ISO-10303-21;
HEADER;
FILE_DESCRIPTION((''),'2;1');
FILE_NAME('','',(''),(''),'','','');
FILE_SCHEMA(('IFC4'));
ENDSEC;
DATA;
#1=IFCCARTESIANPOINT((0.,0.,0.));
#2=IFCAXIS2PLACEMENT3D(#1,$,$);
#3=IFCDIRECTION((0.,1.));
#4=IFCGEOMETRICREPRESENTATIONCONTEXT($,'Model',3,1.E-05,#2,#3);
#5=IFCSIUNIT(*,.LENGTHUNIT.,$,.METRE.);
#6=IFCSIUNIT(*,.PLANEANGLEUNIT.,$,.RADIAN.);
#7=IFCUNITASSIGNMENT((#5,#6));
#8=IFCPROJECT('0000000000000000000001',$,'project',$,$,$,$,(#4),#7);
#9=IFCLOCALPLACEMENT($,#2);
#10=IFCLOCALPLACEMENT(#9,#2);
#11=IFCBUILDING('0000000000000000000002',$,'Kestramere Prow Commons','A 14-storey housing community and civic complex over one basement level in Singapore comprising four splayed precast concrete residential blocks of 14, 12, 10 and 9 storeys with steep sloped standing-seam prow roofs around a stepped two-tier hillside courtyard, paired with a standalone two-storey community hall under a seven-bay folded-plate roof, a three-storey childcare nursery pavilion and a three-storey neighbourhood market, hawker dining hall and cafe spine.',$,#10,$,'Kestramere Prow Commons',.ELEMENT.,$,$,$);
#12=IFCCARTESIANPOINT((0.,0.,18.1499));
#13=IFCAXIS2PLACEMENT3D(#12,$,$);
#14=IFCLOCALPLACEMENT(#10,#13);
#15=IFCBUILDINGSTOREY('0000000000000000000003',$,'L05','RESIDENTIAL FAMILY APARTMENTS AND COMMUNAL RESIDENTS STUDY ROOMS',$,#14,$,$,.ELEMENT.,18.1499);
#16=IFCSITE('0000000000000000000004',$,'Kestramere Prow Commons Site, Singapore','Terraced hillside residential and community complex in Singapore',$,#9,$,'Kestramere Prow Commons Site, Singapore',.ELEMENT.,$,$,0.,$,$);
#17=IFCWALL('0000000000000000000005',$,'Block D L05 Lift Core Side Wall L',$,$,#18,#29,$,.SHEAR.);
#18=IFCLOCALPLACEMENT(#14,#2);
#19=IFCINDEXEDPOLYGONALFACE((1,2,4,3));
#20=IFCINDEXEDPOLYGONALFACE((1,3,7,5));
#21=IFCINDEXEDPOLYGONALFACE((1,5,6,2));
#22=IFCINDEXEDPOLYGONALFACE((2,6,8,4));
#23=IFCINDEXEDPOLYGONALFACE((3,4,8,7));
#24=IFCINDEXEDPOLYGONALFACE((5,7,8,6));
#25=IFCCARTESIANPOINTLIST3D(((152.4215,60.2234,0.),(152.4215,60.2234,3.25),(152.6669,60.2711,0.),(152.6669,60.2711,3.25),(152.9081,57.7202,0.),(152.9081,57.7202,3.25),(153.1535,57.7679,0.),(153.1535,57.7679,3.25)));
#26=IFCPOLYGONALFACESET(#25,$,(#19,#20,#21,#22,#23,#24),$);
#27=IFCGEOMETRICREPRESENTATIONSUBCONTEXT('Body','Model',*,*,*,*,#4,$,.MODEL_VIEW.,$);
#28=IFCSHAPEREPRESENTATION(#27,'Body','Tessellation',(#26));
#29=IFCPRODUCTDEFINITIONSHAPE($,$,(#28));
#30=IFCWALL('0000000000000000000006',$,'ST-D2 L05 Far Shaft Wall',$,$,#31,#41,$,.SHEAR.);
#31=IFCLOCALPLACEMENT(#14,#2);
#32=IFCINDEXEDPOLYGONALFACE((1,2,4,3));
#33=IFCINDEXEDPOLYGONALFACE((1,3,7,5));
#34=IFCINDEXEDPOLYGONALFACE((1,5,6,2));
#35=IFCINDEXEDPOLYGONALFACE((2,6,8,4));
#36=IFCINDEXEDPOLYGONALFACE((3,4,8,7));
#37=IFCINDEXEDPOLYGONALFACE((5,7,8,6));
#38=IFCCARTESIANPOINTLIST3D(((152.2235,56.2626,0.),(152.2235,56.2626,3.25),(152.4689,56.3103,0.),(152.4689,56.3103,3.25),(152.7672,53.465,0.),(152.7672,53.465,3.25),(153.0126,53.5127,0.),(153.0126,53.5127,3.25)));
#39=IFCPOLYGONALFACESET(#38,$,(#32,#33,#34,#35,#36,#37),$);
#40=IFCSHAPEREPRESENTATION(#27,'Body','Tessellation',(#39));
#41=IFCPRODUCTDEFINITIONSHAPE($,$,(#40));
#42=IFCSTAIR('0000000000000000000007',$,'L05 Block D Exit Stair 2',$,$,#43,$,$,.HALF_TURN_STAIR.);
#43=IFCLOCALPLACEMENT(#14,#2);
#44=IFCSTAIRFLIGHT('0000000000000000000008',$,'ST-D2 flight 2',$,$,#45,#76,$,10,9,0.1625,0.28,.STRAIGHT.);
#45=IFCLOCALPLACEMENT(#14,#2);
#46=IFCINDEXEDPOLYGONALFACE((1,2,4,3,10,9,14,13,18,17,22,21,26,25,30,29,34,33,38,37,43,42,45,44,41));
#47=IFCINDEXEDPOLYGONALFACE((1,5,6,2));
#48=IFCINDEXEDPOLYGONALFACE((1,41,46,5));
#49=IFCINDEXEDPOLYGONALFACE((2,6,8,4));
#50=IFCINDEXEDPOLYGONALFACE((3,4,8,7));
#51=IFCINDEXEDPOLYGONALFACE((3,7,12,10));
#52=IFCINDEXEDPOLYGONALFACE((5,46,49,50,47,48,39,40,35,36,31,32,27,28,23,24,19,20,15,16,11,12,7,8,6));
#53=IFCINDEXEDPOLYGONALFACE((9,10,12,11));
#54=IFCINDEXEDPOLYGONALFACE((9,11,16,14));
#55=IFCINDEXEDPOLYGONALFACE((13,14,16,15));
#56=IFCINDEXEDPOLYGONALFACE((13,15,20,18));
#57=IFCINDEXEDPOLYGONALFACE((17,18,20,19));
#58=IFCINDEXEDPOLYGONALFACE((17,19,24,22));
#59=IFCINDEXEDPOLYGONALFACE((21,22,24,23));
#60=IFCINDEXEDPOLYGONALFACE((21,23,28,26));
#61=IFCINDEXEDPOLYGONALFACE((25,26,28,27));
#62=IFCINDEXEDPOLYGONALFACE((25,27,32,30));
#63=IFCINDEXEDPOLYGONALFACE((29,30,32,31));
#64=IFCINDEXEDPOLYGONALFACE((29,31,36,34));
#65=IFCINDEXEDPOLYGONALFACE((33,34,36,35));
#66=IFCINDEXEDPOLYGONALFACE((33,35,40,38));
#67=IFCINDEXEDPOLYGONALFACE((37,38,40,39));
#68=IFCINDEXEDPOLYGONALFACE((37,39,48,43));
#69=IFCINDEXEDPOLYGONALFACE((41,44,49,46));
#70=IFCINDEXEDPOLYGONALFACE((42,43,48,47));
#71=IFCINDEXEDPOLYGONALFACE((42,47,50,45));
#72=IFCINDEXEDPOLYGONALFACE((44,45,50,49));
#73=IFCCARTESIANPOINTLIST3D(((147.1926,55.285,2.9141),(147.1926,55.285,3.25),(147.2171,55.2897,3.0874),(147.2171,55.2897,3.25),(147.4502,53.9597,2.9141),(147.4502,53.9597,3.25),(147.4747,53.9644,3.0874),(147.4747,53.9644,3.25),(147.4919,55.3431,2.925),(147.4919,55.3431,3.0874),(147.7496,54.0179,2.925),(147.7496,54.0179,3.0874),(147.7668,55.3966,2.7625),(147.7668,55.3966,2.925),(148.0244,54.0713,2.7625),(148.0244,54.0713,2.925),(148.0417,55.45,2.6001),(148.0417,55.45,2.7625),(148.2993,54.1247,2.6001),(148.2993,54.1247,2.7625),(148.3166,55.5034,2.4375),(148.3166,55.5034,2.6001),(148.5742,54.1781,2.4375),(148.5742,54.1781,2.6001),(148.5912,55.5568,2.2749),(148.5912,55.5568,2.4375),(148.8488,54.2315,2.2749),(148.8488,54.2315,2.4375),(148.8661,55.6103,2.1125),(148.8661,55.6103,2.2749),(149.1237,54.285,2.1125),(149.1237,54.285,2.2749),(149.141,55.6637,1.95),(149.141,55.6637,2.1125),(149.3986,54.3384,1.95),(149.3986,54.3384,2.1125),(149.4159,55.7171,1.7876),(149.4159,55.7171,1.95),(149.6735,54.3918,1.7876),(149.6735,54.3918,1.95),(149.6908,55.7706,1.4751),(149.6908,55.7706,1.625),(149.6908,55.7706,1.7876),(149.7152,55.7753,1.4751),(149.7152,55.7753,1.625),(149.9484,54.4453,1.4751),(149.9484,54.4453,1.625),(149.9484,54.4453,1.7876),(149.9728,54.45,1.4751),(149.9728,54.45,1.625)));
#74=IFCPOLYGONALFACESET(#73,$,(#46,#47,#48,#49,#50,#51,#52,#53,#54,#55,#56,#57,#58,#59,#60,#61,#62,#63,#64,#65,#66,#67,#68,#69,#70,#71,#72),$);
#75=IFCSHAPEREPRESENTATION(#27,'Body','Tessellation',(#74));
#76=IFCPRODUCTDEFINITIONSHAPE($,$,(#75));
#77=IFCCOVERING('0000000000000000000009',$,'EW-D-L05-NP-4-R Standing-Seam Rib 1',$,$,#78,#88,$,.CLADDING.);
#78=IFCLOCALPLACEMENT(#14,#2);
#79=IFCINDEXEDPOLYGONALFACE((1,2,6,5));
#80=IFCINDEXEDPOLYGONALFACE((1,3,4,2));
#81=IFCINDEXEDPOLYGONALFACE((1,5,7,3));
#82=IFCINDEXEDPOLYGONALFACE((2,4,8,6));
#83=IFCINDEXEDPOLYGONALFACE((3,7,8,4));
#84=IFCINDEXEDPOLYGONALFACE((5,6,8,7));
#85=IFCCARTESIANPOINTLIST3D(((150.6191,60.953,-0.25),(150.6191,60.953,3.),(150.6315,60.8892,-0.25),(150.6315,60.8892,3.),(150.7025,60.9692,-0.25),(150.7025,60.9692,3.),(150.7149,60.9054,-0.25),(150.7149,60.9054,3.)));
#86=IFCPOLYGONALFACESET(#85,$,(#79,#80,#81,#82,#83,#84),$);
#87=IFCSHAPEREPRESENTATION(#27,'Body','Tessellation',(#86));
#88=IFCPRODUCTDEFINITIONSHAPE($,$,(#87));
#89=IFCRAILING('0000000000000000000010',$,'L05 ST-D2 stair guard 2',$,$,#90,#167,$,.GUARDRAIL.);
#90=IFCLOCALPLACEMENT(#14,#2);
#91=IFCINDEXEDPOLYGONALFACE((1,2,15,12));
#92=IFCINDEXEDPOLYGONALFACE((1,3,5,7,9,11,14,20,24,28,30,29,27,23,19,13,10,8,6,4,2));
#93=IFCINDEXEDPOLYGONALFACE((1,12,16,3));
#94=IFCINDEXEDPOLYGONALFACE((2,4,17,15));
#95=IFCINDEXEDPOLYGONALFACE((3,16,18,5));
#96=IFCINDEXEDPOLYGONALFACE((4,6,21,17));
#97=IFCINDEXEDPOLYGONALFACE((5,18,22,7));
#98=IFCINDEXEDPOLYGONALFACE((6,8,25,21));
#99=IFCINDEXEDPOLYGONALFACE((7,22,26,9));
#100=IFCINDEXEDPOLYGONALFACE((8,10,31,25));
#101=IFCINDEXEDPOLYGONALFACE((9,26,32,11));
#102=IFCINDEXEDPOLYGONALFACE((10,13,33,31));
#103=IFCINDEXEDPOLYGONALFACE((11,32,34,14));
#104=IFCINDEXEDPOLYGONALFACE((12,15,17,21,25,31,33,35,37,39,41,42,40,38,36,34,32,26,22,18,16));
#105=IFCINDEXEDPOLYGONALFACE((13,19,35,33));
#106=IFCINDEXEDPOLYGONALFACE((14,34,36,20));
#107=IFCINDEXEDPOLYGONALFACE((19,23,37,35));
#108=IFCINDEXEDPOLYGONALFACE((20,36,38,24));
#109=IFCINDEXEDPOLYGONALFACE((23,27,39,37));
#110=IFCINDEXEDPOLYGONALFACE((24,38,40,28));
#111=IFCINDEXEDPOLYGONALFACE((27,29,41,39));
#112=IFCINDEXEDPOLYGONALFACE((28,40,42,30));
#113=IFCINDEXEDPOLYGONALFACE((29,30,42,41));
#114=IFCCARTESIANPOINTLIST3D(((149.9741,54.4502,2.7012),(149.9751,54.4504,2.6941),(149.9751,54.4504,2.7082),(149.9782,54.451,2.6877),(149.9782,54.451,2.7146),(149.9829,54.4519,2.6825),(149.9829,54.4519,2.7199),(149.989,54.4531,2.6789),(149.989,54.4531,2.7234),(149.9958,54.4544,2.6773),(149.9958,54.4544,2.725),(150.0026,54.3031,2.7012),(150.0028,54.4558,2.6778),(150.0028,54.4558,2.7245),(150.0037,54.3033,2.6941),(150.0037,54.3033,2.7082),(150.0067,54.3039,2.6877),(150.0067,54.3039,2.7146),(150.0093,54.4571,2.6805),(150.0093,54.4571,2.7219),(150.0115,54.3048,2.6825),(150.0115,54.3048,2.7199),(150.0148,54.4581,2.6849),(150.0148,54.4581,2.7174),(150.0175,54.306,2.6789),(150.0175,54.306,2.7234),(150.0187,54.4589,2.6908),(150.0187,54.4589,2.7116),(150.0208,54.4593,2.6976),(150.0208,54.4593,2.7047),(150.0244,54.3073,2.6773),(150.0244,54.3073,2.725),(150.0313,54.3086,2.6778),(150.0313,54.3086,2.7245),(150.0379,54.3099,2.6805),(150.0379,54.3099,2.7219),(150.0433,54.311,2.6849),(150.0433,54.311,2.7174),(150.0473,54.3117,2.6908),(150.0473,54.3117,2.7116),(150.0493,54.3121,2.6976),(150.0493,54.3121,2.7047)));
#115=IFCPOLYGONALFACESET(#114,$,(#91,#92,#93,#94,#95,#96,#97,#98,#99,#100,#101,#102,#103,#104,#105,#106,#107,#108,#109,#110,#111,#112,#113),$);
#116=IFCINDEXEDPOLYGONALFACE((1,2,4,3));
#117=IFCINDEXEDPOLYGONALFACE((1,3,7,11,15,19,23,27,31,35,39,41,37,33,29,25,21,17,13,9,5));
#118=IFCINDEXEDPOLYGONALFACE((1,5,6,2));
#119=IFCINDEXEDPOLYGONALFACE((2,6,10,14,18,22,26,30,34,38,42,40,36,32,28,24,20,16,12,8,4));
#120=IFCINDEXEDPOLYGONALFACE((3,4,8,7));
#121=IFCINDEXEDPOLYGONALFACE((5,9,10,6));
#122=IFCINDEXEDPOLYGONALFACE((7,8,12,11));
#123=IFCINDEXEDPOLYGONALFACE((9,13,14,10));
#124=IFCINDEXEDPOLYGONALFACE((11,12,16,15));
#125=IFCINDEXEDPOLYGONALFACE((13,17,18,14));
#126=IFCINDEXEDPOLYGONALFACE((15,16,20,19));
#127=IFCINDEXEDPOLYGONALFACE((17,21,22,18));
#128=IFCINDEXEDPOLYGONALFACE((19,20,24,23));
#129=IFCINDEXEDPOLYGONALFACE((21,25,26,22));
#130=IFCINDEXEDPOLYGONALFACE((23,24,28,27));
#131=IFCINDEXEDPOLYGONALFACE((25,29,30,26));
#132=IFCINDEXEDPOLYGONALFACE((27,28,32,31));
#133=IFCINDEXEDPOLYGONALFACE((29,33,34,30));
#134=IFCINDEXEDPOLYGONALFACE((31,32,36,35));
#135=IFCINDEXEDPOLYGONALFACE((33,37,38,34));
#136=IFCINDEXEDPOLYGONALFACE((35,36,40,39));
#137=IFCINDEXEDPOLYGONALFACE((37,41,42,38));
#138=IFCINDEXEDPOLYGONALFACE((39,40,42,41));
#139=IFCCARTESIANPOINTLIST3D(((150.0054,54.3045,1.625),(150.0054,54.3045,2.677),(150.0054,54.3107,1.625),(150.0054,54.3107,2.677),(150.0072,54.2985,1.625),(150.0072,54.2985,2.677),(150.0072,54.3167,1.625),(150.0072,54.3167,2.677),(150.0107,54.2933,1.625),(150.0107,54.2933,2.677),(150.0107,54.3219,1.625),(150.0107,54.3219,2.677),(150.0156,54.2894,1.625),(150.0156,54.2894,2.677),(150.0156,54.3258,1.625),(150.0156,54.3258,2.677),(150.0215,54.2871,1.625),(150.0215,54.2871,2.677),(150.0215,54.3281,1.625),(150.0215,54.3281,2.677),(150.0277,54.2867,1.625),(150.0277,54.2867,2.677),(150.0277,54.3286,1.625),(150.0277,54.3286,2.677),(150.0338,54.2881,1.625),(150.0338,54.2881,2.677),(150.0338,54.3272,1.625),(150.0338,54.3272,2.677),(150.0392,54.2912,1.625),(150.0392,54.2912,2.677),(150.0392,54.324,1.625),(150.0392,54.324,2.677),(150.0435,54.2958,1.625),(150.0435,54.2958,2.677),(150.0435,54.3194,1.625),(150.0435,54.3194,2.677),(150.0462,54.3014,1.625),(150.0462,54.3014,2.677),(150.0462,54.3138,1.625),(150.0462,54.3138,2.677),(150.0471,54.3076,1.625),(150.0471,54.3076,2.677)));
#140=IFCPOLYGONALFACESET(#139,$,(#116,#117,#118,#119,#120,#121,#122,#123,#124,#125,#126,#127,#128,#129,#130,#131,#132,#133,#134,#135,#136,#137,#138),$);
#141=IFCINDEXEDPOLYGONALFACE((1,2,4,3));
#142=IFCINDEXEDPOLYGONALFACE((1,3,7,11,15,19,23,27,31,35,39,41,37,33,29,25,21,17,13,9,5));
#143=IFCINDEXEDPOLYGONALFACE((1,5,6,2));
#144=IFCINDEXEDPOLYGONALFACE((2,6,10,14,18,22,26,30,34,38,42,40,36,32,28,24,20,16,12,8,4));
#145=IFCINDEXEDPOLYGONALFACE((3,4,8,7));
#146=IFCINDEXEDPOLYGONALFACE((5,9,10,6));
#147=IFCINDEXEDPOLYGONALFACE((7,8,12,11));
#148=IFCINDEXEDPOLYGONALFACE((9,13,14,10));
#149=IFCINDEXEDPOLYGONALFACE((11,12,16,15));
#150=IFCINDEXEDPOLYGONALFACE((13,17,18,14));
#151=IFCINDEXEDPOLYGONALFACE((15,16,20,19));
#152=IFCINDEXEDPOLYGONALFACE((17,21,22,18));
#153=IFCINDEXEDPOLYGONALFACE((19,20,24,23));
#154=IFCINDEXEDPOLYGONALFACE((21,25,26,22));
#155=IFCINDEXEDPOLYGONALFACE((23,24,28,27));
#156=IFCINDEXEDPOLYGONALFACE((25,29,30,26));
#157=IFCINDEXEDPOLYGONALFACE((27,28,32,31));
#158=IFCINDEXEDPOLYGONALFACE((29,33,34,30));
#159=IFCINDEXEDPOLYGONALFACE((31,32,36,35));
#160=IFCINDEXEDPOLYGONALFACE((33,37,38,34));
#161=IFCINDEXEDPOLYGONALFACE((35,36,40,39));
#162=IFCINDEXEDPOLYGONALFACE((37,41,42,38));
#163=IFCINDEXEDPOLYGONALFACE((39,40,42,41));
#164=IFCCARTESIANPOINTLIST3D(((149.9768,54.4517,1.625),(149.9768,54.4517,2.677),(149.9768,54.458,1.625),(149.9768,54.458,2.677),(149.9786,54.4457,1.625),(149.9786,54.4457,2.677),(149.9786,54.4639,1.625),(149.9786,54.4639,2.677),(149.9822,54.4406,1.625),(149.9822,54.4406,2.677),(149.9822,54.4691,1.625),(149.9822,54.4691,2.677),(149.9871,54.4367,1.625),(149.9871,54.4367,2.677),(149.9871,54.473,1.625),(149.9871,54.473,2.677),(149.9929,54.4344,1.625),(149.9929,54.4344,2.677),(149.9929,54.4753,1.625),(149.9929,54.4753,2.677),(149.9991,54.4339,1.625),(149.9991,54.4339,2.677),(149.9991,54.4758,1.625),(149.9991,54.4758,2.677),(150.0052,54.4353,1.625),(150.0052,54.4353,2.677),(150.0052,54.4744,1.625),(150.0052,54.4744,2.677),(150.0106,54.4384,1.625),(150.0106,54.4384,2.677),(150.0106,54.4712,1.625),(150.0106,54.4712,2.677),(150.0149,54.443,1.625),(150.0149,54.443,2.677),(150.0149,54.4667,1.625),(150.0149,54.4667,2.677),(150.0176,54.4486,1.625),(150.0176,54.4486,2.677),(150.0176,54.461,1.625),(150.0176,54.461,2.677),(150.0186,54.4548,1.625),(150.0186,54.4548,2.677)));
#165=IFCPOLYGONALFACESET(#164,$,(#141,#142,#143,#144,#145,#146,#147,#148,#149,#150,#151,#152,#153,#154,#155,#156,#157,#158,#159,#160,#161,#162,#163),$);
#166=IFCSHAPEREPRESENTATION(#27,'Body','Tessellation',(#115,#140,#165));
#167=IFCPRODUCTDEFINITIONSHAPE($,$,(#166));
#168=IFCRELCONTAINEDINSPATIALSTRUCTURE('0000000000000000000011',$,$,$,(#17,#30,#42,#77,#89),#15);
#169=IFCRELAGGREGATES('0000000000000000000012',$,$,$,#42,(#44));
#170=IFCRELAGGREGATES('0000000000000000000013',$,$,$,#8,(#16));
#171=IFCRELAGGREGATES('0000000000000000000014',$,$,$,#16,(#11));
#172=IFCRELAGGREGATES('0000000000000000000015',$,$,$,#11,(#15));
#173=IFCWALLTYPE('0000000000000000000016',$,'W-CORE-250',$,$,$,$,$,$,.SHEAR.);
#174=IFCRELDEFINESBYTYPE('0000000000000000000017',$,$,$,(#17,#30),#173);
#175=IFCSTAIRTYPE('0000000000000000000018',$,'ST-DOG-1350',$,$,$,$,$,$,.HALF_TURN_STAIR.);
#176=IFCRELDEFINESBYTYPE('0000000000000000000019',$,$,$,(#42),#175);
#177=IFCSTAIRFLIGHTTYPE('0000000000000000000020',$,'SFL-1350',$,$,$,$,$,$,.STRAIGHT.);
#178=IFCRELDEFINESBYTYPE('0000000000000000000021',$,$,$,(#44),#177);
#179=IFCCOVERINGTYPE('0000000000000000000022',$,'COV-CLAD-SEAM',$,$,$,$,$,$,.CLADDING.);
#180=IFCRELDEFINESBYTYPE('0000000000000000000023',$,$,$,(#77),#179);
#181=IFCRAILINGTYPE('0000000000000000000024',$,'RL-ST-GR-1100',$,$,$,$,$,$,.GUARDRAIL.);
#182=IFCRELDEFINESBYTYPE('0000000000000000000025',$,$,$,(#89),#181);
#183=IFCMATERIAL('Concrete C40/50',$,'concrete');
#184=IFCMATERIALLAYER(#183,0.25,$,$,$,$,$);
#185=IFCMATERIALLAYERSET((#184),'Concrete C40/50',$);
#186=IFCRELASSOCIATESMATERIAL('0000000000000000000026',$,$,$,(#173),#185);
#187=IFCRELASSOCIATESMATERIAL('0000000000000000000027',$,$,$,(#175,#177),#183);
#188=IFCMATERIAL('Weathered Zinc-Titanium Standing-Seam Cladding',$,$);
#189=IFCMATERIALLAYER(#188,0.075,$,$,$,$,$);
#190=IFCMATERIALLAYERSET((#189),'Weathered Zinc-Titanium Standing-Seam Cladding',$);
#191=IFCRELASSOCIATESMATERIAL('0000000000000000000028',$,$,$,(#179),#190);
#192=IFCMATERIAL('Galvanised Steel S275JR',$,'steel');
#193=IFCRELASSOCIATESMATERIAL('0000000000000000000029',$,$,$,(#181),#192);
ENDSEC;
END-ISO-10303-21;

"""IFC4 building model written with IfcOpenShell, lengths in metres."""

from ifc_helpers import new_model, si_unit, direction, frame, frame_2d, origin, origin_2d, place, context, subcontext, project, spatial, polyline, rectangle, circle, outline, extrude, material, layer, layer_set, type_object, element, aggregate, save


model = new_model("IFC4")

# Units and contexts
model_context = context("Model", 3, precision=1e-05, world=origin(), true_north=direction((0.0, 1.0)))
body_context = subcontext(model_context, "Body", "Model", "MODEL_VIEW")
ifc_project = project(units=[si_unit("LENGTHUNIT", "METRE"), si_unit("PLANEANGLEUNIT", "RADIAN")], contexts=[model_context])

# Site, building, storey
site_placement = place(None, origin())
site = spatial("IfcSite", under=ifc_project, at=site_placement, Name="Kestramere Prow Commons Site, Singapore", Description="Terraced hillside residential and community complex in Singapore", LongName="Kestramere Prow Commons Site, Singapore", CompositionType="ELEMENT", RefElevation=0.0)
building_placement = place(site_placement, origin())
building = spatial("IfcBuilding", under=site, at=building_placement, Name="Kestramere Prow Commons", Description="A 14-storey housing community and civic complex over one basement level in Singapore comprising four splayed precast concrete residential blocks of 14, 12, 10 and 9 storeys with steep sloped standing-seam prow roofs around a stepped two-tier hillside courtyard, paired with a standalone two-storey community hall under a seven-bay folded-plate roof, a three-storey childcare nursery pavilion and a three-storey neighbourhood market, hawker dining hall and cafe spine.", LongName="Kestramere Prow Commons", CompositionType="ELEMENT")
storey_placement = place(building_placement, frame((0.0, 0.0, 18.1499)))
storey = spatial("IfcBuildingStorey", under=building, at=storey_placement, Name="L05", Description="RESIDENTIAL FAMILY APARTMENTS AND COMMUNAL RESIDENTS STUDY ROOMS", CompositionType="ELEMENT", Elevation=18.1499)

# Shared definitions
ifc_material_1 = material(Name="Concrete C40/50", Category="concrete")

# Shared definitions
ifc_layer_1 = layer(ifc_material_1, 0.25)
ifc_layer_set_1 = layer_set([ifc_layer_1], Name="Concrete C40/50")
wall_type_1 = type_object("IfcWallType", Name="W-CORE-250", PredefinedType="SHEAR", material=ifc_layer_set_1)

# Walls
wall_1_placement = place(storey_placement, frame((153.0308, 57.7441, 0.0), z_axis=(0.0, 0.0, 1.0), x_axis=(-0.190811, 0.981627, 0.0)))
element("IfcWall", 1, at=wall_1_placement, inside=storey, type_object=wall_type_1, Name="Block D L05 Lift Core Side Wall L", PredefinedType="SHEAR", context=body_context, shape_type="SweptSolid", body=[
    extrude(rectangle(XDim=2.55, YDim=0.25, at=frame_2d((1.2749, 0.0))), origin(), (0.0, 0.0, 1.0), 3.25),
])
wall_2_placement = place(storey_placement, frame((152.8899, 53.489, 0.0), z_axis=(0.0, 0.0, 1.0), x_axis=(-0.190776, 0.981634, 0.0)))
element("IfcWall", 2, at=wall_2_placement, inside=storey, type_object=wall_type_1, Name="ST-D2 L05 Far Shaft Wall", PredefinedType="SHEAR", context=body_context, shape_type="SweptSolid", body=[
    extrude(rectangle(XDim=2.8499, YDim=0.25, at=frame_2d((1.4248, 0.0))), origin(), (0.0, 0.0, 1.0), 3.25),
])

# Stair, stair flight
stair_type = type_object("IfcStairType", Name="ST-DOG-1350", PredefinedType="HALF_TURN_STAIR", material=ifc_material_1)
stair_placement = place(storey_placement, origin())
stair = element("IfcStair", 3, at=stair_placement, inside=storey, type_object=stair_type, Name="L05 Block D Exit Stair 2", PredefinedType="HALF_TURN_STAIR")
stair_flight_type = type_object("IfcStairFlightType", Name="SFL-1350", PredefinedType="STRAIGHT", material=ifc_material_1)
stair_flight_placement = place(storey_placement, frame((149.8196, 55.1079, 1.625), z_axis=(0.0, 0.0, 1.0), x_axis=(-0.981627, -0.190809, 0.0)))
stair_flight = element("IfcStairFlight", 4, at=stair_flight_placement, type_object=stair_flight_type, Name="ST-D2 flight 2", NumberOfRisers=10, NumberOfTreads=9, PredefinedType="STRAIGHT", RiserHeight=0.1625, TreadLength=0.28, context=body_context, shape_type="SweptSolid", body=[
    extrude(outline(polyline([(-0.0249, 0.0), (0.0, 0.0), (0.0, 0.1626), (0.28, 0.1626), (0.28, 0.325), (0.5601, 0.325), (0.5601, 0.4875), (0.8401, 0.4875), (0.8401, 0.6499), (1.1201, 0.6499), (1.1201, 0.8125), (1.3999, 0.8125), (1.3999, 0.9751), (1.6799, 0.9751), (1.6799, 1.1375), (1.96, 1.1375), (1.96, 1.3), (2.24, 1.3), (2.24, 1.4624), (2.52, 1.4624), (2.52, 1.625), (2.5449, 1.625), (2.5449, 1.2891), (0.0, -0.1499), (-0.0249, -0.1499), (-0.0249, 0.0)])), frame((0.0, 0.675, 0.0), z_axis=(0.0, -1.0, 0.0), x_axis=(1.0, 0.0, 0.0)), (0.0, 0.0, 1.0), 1.3501),
])
aggregate(stair, [stair_flight])

# Covering
ifc_material_2 = material(Name="Weathered Zinc-Titanium Standing-Seam Cladding")
ifc_layer_2 = layer(ifc_material_2, 0.075)
ifc_layer_set_2 = layer_set([ifc_layer_2], Name="Weathered Zinc-Titanium Standing-Seam Cladding")
covering_type = type_object("IfcCoveringType", Name="COV-CLAD-SEAM", PredefinedType="CLADDING", material=ifc_layer_set_2)
covering_placement = place(storey_placement, frame((150.667, 60.9292, -0.25), z_axis=(0.0, 0.0, 1.0), x_axis=(0.981627, 0.190809, 0.0)))
element("IfcCovering", 5, at=covering_placement, inside=storey, type_object=covering_type, Name="EW-D-L05-NP-4-R Standing-Seam Rib 1", PredefinedType="CLADDING", context=body_context, shape_type="SweptSolid", body=[
    extrude(rectangle(XDim=0.085, YDim=0.0649, at=origin_2d()), origin(), (0.0, 0.0, 1.0), 3.25),
])

# Railing
ifc_material_3 = material(Name="Galvanised Steel S275JR", Category="steel")
railing_type_1 = type_object("IfcRailingType", Name="RL-ST-GR-1100", PredefinedType="GUARDRAIL", material=ifc_material_3)
railing_1_placement = place(storey_placement, frame((150.0261, 54.3076, 1.625)))
element("IfcRailing", 6, at=railing_1_placement, inside=storey, type_object=railing_type_1, Name="L05 ST-D2 stair guard 2", PredefinedType="GUARDRAIL", context=body_context, shape_type="SweptSolid", body=[
    extrude(circle(Radius=0.0239, at=origin_2d()), frame((0.0, 0.0, 1.0762), z_axis=(-0.190477, 0.981692, 0.0), x_axis=(-0.981692, -0.190477, 0.0)), (0.0, 0.0, 1.0), 0.1499),
    extrude(circle(Radius=0.021, at=origin_2d()), origin(), (0.0, 0.0, 1.0), 1.052),
    extrude(circle(Radius=0.021, at=origin_2d()), frame((-0.0286, 0.1472, 0.0)), (0.0, 0.0, 1.0), 1.052),
])

save(model, "model.ifc")
